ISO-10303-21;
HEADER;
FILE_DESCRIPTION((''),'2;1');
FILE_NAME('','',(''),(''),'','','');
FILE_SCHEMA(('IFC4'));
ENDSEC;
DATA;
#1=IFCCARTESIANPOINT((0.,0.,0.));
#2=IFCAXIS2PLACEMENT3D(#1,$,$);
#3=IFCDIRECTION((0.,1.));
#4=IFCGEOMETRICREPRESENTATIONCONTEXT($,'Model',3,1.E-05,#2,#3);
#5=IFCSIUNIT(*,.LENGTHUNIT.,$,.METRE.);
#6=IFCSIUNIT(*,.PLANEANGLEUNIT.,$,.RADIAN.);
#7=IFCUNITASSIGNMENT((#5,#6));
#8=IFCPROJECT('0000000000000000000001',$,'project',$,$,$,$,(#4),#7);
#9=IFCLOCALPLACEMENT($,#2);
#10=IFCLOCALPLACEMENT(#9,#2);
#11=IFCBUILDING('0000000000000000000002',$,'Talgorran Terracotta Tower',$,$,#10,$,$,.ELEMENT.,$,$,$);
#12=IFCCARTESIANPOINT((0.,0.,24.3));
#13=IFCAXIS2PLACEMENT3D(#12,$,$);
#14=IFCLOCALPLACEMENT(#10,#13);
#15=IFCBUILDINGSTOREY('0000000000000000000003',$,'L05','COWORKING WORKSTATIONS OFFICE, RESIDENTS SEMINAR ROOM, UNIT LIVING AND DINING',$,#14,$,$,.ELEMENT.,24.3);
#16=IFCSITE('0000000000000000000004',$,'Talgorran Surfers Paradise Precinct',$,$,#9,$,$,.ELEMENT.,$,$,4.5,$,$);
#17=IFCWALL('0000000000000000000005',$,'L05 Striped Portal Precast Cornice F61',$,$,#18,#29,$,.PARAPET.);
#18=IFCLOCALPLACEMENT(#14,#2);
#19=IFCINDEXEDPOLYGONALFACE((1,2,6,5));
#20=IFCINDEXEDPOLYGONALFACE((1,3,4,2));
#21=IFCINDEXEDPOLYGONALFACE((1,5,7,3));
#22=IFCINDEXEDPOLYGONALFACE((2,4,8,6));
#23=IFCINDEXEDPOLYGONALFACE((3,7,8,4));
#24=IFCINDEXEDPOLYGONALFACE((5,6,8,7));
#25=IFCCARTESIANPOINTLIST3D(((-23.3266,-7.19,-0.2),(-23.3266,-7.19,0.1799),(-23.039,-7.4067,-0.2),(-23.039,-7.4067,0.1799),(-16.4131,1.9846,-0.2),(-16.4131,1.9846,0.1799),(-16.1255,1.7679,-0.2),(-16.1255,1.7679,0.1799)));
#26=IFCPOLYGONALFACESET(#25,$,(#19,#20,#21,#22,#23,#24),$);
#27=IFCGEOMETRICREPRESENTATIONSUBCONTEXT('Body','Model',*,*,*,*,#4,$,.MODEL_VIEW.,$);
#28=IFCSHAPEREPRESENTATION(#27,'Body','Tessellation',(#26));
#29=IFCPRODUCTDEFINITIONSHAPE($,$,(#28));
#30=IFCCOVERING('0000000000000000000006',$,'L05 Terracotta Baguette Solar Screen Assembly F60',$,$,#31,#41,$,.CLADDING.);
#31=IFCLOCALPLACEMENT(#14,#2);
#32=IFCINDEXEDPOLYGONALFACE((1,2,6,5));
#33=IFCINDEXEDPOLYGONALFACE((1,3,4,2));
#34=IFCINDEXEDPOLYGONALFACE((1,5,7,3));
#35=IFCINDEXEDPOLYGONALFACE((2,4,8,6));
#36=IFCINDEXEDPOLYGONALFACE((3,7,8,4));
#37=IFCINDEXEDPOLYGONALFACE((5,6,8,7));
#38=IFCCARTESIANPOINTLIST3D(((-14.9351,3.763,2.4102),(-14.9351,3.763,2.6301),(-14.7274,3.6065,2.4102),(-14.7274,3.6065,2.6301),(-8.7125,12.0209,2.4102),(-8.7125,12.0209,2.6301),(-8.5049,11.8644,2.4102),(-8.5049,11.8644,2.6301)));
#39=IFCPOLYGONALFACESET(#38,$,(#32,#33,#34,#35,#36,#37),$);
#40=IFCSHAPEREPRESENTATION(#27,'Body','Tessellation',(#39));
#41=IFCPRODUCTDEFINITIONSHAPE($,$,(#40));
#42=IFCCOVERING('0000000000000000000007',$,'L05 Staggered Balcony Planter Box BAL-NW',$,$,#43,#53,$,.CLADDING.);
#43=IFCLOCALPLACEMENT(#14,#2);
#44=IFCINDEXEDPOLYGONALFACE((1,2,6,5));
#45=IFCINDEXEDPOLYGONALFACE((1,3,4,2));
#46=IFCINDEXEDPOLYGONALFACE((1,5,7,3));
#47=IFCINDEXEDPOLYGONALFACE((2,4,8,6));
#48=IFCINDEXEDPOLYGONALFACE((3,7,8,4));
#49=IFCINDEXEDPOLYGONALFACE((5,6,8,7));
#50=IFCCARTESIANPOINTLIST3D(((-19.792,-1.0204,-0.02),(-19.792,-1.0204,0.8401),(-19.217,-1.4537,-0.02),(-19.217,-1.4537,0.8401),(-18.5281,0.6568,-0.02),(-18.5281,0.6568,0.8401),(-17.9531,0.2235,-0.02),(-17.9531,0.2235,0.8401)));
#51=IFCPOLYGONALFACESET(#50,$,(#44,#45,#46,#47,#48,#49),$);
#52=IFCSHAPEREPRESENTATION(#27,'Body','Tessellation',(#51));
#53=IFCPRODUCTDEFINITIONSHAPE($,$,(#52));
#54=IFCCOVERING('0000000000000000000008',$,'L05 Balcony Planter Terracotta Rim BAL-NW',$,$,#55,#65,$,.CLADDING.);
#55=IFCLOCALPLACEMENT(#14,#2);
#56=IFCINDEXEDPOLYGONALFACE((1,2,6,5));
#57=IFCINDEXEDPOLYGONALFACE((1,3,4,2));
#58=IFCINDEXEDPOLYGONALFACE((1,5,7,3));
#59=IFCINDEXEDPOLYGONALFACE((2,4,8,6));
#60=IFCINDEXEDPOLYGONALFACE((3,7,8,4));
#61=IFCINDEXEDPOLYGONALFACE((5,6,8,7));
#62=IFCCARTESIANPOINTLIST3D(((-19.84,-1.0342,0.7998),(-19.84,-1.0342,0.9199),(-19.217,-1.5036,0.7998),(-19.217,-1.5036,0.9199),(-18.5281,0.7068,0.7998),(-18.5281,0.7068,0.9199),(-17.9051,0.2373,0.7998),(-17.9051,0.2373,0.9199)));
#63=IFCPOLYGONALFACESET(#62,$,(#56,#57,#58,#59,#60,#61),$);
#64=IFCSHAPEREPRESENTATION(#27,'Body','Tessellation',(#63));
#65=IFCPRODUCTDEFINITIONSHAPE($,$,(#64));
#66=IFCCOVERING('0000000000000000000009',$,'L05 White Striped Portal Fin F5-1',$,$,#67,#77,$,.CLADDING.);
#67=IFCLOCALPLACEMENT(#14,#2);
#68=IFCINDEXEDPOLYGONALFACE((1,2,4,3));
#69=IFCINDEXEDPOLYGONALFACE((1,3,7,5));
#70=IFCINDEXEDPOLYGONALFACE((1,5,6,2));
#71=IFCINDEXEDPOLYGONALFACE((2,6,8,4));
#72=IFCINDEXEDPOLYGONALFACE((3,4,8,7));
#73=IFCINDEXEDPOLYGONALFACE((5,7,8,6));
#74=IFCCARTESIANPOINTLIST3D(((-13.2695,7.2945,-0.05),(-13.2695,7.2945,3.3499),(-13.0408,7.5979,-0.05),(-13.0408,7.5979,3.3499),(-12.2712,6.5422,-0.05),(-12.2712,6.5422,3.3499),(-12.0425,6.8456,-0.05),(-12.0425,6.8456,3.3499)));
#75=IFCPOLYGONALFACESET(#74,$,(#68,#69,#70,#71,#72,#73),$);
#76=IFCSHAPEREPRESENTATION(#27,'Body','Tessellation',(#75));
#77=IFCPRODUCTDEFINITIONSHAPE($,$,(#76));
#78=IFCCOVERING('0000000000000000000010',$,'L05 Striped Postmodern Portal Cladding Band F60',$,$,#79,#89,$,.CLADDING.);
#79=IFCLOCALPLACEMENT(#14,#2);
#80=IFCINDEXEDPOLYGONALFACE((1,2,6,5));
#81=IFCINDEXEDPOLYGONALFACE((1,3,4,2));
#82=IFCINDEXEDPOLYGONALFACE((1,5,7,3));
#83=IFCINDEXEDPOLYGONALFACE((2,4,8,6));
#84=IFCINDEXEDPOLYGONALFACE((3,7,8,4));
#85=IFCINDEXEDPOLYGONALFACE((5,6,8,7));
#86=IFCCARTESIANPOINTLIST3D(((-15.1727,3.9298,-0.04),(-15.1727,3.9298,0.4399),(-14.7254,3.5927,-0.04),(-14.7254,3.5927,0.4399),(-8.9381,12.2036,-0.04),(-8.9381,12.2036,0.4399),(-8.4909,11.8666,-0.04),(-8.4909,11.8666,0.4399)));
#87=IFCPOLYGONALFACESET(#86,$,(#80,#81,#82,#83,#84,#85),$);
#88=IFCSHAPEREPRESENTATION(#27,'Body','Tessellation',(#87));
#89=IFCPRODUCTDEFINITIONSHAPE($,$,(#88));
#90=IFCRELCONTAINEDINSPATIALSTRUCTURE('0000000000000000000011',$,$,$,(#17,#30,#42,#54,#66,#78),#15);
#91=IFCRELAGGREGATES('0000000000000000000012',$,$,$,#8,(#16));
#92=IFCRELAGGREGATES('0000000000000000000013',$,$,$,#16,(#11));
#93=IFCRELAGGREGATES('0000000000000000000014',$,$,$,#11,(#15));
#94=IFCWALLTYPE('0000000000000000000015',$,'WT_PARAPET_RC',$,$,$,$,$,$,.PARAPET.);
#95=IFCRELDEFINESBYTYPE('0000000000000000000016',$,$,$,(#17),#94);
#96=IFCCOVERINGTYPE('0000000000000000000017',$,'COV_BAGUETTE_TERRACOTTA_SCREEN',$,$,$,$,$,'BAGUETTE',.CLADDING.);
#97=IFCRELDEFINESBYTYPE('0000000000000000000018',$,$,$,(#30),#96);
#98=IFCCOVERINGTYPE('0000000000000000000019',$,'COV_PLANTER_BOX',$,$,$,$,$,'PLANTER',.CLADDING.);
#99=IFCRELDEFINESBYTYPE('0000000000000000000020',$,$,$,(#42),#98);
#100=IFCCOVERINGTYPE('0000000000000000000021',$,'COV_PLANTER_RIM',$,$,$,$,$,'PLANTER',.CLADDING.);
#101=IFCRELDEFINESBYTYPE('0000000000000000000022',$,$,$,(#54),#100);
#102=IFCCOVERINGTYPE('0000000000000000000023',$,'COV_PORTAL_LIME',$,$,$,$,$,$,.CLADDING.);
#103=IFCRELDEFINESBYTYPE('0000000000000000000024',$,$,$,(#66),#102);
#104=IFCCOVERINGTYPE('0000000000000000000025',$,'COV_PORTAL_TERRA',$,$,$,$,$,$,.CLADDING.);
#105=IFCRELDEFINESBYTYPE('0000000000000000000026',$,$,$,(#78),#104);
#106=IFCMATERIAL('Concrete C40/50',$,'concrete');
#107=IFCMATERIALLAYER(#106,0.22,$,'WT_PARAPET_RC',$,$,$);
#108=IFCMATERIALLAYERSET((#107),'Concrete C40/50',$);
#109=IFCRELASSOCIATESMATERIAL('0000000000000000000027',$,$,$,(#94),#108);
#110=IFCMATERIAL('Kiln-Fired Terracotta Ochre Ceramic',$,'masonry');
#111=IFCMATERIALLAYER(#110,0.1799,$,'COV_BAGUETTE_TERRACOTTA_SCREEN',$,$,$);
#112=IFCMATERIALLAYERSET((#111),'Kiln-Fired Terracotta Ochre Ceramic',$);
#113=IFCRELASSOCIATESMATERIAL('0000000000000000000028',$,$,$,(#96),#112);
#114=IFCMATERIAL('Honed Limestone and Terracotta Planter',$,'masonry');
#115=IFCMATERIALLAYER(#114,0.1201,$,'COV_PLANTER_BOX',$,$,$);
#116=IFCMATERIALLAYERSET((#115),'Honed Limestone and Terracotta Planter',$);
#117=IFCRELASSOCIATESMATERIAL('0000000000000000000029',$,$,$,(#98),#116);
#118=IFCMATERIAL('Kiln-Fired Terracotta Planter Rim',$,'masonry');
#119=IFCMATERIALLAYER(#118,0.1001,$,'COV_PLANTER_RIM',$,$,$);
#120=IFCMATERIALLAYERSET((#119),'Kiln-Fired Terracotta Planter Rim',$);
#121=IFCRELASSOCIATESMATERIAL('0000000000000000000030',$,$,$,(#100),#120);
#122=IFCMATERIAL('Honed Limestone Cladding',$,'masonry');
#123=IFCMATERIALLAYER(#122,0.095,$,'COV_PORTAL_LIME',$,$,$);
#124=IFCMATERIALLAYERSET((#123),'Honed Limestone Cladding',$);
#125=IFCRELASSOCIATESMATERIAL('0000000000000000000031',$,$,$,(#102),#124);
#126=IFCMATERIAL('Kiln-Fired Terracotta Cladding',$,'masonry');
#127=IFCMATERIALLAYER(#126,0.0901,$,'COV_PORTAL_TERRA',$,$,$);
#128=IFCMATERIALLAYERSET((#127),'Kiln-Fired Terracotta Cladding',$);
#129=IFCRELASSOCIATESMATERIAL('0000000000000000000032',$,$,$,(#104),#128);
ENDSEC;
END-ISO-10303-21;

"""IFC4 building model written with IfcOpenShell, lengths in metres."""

from ifc_helpers import new_model, si_unit, direction, frame, frame_2d, origin, origin_2d, place, context, subcontext, project, spatial, rectangle, extrude, material, layer, layer_set, type_object, element, save


model = new_model("IFC4")

# Units and contexts
model_context = context("Model", 3, precision=1e-05, world=origin(), true_north=direction((0.0, 1.0)))
body_context = subcontext(model_context, "Body", "Model", "MODEL_VIEW")
ifc_project = project(units=[si_unit("LENGTHUNIT", "METRE"), si_unit("PLANEANGLEUNIT", "RADIAN")], contexts=[model_context])

# Site, building, storey
site_placement = place(None, origin())
site = spatial("IfcSite", under=ifc_project, at=site_placement, Name="Talgorran Surfers Paradise Precinct", CompositionType="ELEMENT", RefElevation=4.5)
building_placement = place(site_placement, origin())
building = spatial("IfcBuilding", under=site, at=building_placement, Name="Talgorran Terracotta Tower", CompositionType="ELEMENT")
storey_placement = place(building_placement, frame((0.0, 0.0, 24.3)))
storey = spatial("IfcBuildingStorey", under=building, at=storey_placement, Name="L05", Description="COWORKING WORKSTATIONS OFFICE, RESIDENTS SEMINAR ROOM, UNIT LIVING AND DINING", CompositionType="ELEMENT", Elevation=24.3)

# Shared definitions
ifc_material_1 = material(Name="Concrete C40/50", Category="concrete")

# Wall
ifc_layer_1 = layer(ifc_material_1, 0.22, Name="WT_PARAPET_RC")
ifc_layer_set_1 = layer_set([ifc_layer_1], Name="Concrete C40/50")
wall_type_1 = type_object("IfcWallType", Name="WT_PARAPET_RC", PredefinedType="PARAPET", material=ifc_layer_set_1)
wall_1_placement = place(storey_placement, frame((-16.2693, 1.8762, -0.2), z_axis=(0.0, 0.0, 1.0), x_axis=(-0.601818, -0.798634, 0.0)))
element("IfcWall", 1, at=wall_1_placement, inside=storey, type_object=wall_type_1, Name="L05 Striped Portal Precast Cornice F61", PredefinedType="PARAPET", context=body_context, shape_type="SweptSolid", body=[
    extrude(rectangle(XDim=11.4878, YDim=0.3601, at=frame_2d((5.7439, 0.0))), origin(), (0.0, 0.0, 1.0), 0.3799),
])

# Coverings
ifc_material_2 = material(Name="Kiln-Fired Terracotta Ochre Ceramic", Category="masonry")
ifc_layer_2 = layer(ifc_material_2, 0.1799, Name="COV_BAGUETTE_TERRACOTTA_SCREEN")
ifc_layer_set_2 = layer_set([ifc_layer_2], Name="Kiln-Fired Terracotta Ochre Ceramic")
covering_type_1 = type_object("IfcCoveringType", Name="COV_BAGUETTE_TERRACOTTA_SCREEN", ElementType="BAGUETTE", PredefinedType="CLADDING", material=ifc_layer_set_2)
covering_1_placement = place(storey_placement, frame((-11.72, 7.8137, 2.4102), z_axis=(0.0, 0.0, 1.0), x_axis=(-0.601801, -0.798646, 0.0)))
element("IfcCovering", 2, at=covering_1_placement, inside=storey, type_object=covering_type_1, Name="L05 Terracotta Baguette Solar Screen Assembly F60", PredefinedType="CLADDING", context=body_context, shape_type="SweptSolid", body=[
    extrude(rectangle(XDim=10.3398, YDim=0.26, at=origin_2d()), origin(), (0.0, 0.0, 1.0), 0.22),
])
ifc_material_3 = material(Name="Honed Limestone and Terracotta Planter", Category="masonry")
ifc_layer_3 = layer(ifc_material_3, 0.1201, Name="COV_PLANTER_BOX")
ifc_layer_set_3 = layer_set([ifc_layer_3], Name="Honed Limestone and Terracotta Planter")
covering_type_2 = type_object("IfcCoveringType", Name="COV_PLANTER_BOX", ElementType="PLANTER", PredefinedType="CLADDING", material=ifc_layer_set_3)
covering_2_placement = place(storey_placement, frame((-18.8726, -0.3984, -0.02), z_axis=(0.0, 0.0, 1.0), x_axis=(-0.601815, -0.798636, 0.0)))
element("IfcCovering", 3, at=covering_2_placement, inside=storey, type_object=covering_type_2, Name="L05 Staggered Balcony Planter Box BAL-NW", PredefinedType="CLADDING", context=body_context, shape_type="SweptSolid", body=[
    extrude(rectangle(XDim=2.1001, YDim=0.72, at=origin_2d()), origin(), (0.0, 0.0, 1.0), 0.8601),
])
ifc_material_4 = material(Name="Kiln-Fired Terracotta Planter Rim", Category="masonry")
ifc_layer_4 = layer(ifc_material_4, 0.1001, Name="COV_PLANTER_RIM")
ifc_layer_set_4 = layer_set([ifc_layer_4], Name="Kiln-Fired Terracotta Planter Rim")
covering_type_3 = type_object("IfcCoveringType", Name="COV_PLANTER_RIM", ElementType="PLANTER", PredefinedType="CLADDING", material=ifc_layer_set_4)
covering_3_placement = place(storey_placement, frame((-18.8726, -0.3984, 0.7998), z_axis=(0.0, 0.0, 1.0), x_axis=(-0.601815, -0.798636, 0.0)))
element("IfcCovering", 4, at=covering_3_placement, inside=storey, type_object=covering_type_3, Name="L05 Balcony Planter Terracotta Rim BAL-NW", PredefinedType="CLADDING", context=body_context, shape_type="SweptSolid", body=[
    extrude(rectangle(XDim=2.1799, YDim=0.78, at=origin_2d()), origin(), (0.0, 0.0, 1.0), 0.1201),
])
ifc_material_5 = material(Name="Honed Limestone Cladding", Category="masonry")
ifc_layer_5 = layer(ifc_material_5, 0.095, Name="COV_PORTAL_LIME")
ifc_layer_set_5 = layer_set([ifc_layer_5], Name="Honed Limestone Cladding")
covering_type_4 = type_object("IfcCoveringType", Name="COV_PORTAL_LIME", PredefinedType="CLADDING", material=ifc_layer_set_5)
covering_4_placement = place(storey_placement, frame((-12.656, 7.0701, -0.05), z_axis=(0.0, 0.0, 1.0), x_axis=(-0.601815, -0.798636, 0.0)))
element("IfcCovering", 5, at=covering_4_placement, inside=storey, type_object=covering_type_4, Name="L05 White Striped Portal Fin F5-1", PredefinedType="CLADDING", context=body_context, shape_type="SweptSolid", body=[
    extrude(rectangle(XDim=0.3799, YDim=1.25, at=origin_2d()), origin(), (0.0, 0.0, 1.0), 3.3999),
])
ifc_material_6 = material(Name="Kiln-Fired Terracotta Cladding", Category="masonry")
ifc_layer_6 = layer(ifc_material_6, 0.0901, Name="COV_PORTAL_TERRA")
ifc_layer_set_6 = layer_set([ifc_layer_6], Name="Kiln-Fired Terracotta Cladding")
covering_type_5 = type_object("IfcCoveringType", Name="COV_PORTAL_TERRA", PredefinedType="CLADDING", material=ifc_layer_set_6)
covering_5_placement = place(storey_placement, frame((-11.8318, 7.8982, -0.04), z_axis=(0.0, 0.0, 1.0), x_axis=(-0.601801, -0.798646, 0.0)))
element("IfcCovering", 6, at=covering_5_placement, inside=storey, type_object=covering_type_5, Name="L05 Striped Postmodern Portal Cladding Band F60", PredefinedType="CLADDING", context=body_context, shape_type="SweptSolid", body=[
    extrude(rectangle(XDim=10.3599, YDim=0.5601, at=origin_2d()), origin(), (0.0, 0.0, 1.0), 0.48),
])

save(model, "model.ifc")
